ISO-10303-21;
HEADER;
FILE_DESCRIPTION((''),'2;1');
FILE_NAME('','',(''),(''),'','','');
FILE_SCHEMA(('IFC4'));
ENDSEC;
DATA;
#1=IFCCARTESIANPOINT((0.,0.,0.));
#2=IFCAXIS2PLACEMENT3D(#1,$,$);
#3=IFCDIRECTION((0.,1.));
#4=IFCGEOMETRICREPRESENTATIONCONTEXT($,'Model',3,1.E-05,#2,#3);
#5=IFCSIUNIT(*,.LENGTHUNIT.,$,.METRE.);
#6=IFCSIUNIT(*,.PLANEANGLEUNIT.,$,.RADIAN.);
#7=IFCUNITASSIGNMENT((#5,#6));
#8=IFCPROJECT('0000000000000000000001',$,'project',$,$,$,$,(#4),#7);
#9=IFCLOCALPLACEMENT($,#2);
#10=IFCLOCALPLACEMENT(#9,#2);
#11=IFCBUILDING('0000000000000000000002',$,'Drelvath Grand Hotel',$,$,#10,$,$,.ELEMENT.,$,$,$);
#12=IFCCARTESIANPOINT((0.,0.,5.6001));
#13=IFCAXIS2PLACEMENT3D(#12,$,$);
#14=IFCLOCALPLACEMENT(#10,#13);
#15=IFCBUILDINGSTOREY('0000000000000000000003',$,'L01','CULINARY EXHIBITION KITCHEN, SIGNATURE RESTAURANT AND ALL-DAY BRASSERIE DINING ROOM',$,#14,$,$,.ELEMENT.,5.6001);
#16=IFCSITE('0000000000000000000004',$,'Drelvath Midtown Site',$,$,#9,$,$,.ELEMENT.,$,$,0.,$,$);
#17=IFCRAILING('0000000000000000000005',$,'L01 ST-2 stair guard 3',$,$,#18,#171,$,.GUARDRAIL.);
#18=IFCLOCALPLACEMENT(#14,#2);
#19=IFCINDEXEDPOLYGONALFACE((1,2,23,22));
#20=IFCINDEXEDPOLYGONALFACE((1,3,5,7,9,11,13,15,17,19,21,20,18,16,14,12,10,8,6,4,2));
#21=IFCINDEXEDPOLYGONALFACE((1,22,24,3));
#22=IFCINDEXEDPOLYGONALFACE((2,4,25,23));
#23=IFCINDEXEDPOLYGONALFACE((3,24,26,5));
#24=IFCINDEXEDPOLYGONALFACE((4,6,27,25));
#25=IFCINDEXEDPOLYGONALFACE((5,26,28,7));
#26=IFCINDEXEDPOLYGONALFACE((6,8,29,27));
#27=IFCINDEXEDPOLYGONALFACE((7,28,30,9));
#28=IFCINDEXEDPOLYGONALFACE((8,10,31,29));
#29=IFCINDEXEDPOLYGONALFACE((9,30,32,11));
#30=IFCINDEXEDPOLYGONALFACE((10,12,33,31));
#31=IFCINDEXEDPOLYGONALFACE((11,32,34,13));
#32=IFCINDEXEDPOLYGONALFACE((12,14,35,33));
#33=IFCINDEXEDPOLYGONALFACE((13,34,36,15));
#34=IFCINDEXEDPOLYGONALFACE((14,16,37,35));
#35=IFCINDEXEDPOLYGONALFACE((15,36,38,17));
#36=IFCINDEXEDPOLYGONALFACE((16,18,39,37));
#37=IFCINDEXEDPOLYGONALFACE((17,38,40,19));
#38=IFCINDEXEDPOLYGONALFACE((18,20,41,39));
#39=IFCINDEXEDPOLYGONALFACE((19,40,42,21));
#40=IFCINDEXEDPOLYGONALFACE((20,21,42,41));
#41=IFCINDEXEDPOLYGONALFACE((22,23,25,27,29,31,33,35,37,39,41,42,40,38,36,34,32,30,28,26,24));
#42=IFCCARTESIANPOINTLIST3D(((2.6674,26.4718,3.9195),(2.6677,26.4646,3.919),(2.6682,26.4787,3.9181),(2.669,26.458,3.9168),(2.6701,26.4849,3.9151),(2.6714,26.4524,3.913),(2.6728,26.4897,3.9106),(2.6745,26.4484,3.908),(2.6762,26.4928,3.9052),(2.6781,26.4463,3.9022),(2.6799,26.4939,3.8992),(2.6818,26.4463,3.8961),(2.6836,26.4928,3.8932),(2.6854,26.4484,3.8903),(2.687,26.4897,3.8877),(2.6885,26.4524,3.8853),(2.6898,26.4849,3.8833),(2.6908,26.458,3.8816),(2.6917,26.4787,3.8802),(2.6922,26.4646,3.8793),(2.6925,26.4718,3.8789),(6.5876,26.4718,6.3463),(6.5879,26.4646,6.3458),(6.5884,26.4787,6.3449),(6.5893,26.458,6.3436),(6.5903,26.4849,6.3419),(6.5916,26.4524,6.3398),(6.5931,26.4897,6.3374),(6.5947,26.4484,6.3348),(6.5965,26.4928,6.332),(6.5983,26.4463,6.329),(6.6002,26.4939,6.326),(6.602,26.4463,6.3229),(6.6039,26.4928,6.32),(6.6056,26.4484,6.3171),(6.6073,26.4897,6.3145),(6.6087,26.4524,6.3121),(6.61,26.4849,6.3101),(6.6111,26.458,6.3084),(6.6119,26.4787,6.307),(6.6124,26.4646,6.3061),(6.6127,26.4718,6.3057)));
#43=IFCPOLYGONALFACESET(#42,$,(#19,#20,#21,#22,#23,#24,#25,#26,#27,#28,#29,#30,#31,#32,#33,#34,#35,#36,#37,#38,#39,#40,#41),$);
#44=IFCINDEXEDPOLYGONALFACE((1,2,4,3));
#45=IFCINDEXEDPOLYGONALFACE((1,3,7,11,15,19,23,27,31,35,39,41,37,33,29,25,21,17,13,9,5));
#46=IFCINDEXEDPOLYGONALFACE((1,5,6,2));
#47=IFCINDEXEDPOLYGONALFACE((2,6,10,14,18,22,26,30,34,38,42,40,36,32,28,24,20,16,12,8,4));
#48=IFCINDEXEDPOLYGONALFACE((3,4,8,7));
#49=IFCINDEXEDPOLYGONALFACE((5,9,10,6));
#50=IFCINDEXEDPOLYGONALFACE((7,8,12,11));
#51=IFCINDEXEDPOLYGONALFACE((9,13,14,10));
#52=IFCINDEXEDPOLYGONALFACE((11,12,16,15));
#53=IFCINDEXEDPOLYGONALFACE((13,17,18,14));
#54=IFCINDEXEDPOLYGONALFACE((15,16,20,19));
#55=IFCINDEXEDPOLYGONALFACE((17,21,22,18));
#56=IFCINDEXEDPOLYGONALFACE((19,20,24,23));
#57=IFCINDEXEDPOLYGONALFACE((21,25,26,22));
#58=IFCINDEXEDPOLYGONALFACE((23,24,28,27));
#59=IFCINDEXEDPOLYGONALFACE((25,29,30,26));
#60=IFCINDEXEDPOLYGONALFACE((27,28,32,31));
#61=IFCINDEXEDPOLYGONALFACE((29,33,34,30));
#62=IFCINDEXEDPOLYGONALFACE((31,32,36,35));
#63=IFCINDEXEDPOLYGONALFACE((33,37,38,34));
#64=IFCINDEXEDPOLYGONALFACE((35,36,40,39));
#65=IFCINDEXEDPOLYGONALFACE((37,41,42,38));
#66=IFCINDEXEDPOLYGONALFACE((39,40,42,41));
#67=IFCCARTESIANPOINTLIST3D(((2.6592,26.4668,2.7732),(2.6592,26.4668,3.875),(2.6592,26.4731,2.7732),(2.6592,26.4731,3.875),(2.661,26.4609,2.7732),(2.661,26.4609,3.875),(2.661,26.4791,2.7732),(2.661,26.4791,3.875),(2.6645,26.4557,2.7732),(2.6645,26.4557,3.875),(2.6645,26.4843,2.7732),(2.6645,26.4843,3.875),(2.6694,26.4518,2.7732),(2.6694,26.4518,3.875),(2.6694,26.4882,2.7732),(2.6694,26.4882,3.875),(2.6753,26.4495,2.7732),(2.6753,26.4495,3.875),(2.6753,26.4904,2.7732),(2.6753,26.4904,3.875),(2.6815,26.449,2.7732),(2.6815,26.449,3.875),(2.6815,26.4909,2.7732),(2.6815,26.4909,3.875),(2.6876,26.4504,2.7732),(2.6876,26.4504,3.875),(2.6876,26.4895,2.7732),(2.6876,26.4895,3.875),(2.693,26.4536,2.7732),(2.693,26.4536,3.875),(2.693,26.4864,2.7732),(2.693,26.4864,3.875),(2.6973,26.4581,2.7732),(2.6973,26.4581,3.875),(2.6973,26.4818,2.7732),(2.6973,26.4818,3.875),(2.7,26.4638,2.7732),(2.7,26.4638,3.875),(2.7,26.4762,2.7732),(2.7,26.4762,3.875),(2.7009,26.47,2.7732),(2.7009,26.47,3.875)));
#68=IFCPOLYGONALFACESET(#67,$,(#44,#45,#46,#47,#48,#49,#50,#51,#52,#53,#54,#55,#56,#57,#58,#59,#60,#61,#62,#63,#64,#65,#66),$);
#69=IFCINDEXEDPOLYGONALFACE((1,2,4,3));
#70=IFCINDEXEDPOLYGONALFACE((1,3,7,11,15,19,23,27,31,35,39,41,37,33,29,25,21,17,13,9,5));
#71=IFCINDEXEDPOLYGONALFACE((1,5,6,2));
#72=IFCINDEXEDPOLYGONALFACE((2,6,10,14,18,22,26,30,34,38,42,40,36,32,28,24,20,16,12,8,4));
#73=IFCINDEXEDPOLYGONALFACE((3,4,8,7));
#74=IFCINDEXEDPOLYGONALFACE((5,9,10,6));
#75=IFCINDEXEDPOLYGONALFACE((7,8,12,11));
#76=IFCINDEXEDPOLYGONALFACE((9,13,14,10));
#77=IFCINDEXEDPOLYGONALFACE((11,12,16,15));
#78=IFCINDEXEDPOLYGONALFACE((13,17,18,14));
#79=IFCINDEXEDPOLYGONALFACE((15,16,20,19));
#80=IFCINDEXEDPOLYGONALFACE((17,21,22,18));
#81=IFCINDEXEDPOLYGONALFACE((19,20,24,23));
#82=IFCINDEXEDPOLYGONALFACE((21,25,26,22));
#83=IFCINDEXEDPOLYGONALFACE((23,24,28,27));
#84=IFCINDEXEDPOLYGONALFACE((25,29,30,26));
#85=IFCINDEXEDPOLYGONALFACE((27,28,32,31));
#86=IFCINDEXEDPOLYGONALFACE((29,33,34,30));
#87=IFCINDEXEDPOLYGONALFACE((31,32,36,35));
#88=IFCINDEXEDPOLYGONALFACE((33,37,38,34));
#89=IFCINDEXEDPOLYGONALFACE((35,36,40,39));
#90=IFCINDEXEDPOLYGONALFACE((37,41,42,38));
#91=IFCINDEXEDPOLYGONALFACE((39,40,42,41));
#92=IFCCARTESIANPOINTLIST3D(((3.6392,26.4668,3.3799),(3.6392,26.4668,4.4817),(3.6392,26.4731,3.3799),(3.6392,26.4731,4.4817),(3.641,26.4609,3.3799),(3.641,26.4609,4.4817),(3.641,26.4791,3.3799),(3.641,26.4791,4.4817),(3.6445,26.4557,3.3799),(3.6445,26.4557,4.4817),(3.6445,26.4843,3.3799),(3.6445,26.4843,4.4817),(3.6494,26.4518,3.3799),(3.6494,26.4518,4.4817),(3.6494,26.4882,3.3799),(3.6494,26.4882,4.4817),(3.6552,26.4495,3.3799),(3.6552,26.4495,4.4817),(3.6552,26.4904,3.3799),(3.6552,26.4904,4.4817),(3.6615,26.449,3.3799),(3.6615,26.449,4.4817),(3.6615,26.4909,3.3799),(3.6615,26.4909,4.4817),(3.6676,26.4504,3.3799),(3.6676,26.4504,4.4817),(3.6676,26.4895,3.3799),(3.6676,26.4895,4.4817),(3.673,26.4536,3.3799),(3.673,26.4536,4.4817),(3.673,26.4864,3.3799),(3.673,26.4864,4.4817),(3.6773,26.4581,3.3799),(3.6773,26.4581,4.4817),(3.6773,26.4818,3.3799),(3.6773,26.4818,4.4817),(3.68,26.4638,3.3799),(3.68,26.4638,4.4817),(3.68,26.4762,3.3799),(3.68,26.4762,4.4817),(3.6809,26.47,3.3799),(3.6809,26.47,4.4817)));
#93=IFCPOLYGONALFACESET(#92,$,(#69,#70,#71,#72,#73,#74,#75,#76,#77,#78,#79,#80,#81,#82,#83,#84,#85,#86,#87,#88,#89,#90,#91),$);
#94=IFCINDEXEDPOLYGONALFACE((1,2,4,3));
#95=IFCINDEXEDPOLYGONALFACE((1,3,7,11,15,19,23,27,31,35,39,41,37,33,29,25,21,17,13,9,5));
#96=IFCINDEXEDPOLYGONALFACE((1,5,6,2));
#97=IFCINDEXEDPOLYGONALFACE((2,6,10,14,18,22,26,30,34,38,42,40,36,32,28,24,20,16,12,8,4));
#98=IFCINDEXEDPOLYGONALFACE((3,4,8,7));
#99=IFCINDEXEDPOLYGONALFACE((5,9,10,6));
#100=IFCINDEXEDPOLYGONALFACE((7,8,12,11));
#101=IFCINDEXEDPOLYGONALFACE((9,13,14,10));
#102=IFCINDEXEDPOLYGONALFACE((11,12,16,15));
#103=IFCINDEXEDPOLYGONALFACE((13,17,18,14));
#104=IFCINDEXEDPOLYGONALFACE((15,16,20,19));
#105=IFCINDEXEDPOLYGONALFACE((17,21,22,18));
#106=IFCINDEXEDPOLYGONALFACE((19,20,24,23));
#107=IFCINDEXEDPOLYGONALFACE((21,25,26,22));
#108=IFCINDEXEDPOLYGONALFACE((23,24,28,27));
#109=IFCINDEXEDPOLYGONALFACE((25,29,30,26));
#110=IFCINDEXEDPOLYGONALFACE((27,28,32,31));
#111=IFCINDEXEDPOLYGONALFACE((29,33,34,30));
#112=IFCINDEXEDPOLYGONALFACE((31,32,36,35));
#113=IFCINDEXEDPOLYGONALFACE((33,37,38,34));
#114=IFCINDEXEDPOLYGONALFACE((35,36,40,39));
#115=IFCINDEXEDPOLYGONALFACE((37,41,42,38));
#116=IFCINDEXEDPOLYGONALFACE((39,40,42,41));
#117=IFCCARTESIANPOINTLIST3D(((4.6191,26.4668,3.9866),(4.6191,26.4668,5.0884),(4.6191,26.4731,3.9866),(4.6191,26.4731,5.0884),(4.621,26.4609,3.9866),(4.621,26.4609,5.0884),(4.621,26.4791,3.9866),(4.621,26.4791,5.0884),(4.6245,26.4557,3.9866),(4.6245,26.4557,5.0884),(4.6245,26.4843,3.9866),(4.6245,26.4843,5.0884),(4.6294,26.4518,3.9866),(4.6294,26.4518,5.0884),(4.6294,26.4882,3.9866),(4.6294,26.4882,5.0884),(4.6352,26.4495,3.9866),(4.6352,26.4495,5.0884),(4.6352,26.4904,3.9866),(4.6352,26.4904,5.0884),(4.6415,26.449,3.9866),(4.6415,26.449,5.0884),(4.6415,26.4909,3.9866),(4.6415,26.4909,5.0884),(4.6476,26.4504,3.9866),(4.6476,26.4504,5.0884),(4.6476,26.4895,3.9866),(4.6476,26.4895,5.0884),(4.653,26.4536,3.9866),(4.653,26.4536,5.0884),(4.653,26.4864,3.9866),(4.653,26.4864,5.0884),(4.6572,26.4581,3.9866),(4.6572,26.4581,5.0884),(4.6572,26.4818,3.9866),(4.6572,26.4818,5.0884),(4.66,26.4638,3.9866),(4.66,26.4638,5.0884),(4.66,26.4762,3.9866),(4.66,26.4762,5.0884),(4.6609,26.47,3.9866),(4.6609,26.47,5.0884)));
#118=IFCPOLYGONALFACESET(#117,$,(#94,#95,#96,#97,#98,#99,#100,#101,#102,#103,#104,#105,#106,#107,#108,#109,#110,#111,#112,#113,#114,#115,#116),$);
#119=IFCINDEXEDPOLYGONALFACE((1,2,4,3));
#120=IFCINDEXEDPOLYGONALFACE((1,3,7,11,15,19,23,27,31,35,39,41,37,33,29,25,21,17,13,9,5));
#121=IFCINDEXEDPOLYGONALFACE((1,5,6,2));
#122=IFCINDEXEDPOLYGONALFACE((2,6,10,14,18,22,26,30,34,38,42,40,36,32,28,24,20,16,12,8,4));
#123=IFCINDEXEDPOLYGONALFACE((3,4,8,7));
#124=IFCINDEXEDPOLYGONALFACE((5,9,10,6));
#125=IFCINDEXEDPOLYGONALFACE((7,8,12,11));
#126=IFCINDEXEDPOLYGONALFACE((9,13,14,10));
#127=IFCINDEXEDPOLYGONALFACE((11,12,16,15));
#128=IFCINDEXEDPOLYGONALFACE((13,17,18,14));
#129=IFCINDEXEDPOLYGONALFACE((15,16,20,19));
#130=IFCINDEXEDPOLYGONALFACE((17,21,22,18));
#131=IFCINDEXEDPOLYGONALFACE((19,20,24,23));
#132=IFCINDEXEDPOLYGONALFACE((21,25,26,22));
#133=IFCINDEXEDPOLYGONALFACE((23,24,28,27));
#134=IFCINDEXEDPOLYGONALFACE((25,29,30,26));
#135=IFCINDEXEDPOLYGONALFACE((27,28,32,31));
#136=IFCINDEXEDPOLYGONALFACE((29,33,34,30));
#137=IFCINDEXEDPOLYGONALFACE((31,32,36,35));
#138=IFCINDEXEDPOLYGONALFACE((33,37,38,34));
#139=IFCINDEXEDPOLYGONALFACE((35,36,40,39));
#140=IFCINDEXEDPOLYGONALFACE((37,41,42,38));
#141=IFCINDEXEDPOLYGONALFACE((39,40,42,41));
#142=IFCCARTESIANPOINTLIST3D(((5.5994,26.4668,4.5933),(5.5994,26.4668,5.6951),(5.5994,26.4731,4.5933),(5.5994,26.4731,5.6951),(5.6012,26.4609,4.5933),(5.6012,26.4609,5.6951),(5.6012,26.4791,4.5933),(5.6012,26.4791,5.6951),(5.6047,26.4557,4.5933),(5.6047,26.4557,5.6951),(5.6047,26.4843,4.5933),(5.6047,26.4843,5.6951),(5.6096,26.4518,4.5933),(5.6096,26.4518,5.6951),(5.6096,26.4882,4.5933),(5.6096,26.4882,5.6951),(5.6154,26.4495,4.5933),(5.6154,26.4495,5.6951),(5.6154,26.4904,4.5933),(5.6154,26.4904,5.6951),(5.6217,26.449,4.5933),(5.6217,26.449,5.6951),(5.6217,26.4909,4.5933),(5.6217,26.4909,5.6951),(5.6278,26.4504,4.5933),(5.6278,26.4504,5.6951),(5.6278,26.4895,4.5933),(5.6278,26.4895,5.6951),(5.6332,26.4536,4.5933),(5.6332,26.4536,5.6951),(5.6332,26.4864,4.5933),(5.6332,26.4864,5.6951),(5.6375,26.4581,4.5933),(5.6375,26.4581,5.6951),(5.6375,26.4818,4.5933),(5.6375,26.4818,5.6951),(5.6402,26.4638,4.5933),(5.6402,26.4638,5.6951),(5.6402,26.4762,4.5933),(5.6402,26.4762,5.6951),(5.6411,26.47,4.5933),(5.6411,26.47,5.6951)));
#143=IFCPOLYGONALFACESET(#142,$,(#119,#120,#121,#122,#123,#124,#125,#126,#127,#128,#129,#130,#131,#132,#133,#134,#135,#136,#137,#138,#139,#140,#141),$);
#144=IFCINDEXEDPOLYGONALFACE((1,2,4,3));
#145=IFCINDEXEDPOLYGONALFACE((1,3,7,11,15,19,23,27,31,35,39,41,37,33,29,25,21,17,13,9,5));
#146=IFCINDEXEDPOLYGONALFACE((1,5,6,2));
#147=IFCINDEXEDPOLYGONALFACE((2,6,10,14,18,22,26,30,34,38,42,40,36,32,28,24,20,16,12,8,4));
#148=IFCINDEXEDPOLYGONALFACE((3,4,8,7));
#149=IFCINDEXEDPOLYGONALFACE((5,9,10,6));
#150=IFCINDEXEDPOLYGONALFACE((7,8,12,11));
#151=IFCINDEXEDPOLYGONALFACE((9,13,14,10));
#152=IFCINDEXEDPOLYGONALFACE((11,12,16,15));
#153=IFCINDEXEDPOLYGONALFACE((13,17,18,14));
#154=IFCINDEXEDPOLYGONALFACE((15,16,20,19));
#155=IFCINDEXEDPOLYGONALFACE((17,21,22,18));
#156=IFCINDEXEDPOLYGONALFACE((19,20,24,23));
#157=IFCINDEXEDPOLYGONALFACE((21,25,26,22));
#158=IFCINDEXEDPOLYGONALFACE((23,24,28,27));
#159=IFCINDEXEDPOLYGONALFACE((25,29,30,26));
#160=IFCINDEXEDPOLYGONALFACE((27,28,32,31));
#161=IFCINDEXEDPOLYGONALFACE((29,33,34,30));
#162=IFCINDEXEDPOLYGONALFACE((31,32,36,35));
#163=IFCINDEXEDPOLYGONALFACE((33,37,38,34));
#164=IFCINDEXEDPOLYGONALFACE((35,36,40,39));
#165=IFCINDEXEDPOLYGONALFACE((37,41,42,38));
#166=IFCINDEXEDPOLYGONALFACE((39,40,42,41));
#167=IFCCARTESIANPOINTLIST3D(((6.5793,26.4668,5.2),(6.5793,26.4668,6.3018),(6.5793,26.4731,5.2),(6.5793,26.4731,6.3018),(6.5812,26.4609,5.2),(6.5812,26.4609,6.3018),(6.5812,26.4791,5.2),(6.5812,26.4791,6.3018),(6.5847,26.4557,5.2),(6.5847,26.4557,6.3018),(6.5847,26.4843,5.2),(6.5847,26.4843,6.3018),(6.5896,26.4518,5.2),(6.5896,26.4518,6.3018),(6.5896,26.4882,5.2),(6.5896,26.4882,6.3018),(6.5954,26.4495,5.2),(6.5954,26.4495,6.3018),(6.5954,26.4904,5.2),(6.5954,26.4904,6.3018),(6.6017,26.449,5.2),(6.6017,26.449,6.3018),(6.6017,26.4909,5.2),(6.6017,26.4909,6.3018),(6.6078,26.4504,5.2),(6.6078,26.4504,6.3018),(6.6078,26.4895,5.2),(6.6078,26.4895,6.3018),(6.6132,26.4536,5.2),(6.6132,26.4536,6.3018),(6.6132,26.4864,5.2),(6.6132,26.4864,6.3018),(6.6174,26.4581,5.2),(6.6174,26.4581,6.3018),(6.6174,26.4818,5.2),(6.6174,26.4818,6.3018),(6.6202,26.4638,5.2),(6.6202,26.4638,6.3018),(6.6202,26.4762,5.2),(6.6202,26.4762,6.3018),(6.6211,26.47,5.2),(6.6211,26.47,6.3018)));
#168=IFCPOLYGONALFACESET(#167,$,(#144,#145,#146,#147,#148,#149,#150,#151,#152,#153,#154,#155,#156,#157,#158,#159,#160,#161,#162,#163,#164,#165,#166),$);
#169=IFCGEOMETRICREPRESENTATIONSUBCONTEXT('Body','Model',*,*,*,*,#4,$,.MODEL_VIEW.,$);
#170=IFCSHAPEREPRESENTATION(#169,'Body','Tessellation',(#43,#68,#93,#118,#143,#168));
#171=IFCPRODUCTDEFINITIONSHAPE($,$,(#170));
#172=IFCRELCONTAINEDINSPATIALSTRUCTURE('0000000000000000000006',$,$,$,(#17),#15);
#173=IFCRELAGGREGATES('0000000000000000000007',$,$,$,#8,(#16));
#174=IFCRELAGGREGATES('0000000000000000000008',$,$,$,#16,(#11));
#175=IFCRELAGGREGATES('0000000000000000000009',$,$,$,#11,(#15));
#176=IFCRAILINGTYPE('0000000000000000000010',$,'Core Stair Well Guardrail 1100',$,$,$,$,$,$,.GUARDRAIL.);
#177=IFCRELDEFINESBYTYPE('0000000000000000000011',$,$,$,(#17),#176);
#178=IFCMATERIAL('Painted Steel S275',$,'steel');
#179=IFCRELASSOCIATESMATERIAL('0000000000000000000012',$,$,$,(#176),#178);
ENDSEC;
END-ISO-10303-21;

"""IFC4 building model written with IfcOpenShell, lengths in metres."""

from ifc_helpers import new_model, si_unit, direction, frame, origin, origin_2d, place, context, subcontext, project, spatial, circle, extrude, material, type_object, element, save


model = new_model("IFC4")

# Units and contexts
model_context = context("Model", 3, precision=1e-05, world=origin(), true_north=direction((0.0, 1.0)))
body_context = subcontext(model_context, "Body", "Model", "MODEL_VIEW")
ifc_project = project(units=[si_unit("LENGTHUNIT", "METRE"), si_unit("PLANEANGLEUNIT", "RADIAN")], contexts=[model_context])

# Site, building, storey
site_placement = place(None, origin())
site = spatial("IfcSite", under=ifc_project, at=site_placement, Name="Drelvath Midtown Site", CompositionType="ELEMENT", RefElevation=0.0)
building_placement = place(site_placement, origin())
building = spatial("IfcBuilding", under=site, at=building_placement, Name="Drelvath Grand Hotel", CompositionType="ELEMENT")
storey_placement = place(building_placement, frame((0.0, 0.0, 5.6001)))
storey = spatial("IfcBuildingStorey", under=building, at=storey_placement, Name="L01", Description="CULINARY EXHIBITION KITCHEN, SIGNATURE RESTAURANT AND ALL-DAY BRASSERIE DINING ROOM", CompositionType="ELEMENT", Elevation=5.6001)

# Shared definitions
ifc_material_1 = material(Name="Painted Steel S275", Category="steel")

# Railing
railing_type_1 = type_object("IfcRailingType", Name="Core Stair Well Guardrail 1100", PredefinedType="GUARDRAIL", material=ifc_material_1)
railing_1_placement = place(storey_placement, frame((2.6799, 26.47, 2.7732)))
element("IfcRailing", 1, at=railing_1_placement, inside=storey, type_object=railing_type_1, Name="L01 ST-2 stair guard 3", PredefinedType="GUARDRAIL", context=body_context, shape_type="SweptSolid", body=[
    extrude(circle(Radius=0.0239, at=origin_2d()), frame((0.0, 0.0, 1.126), z_axis=(0.850266, 0.0, 0.526353), x_axis=(0.0, 1.0, 0.0)), (0.0, 0.0, 1.0), 4.6106),
    extrude(circle(Radius=0.021, at=origin_2d()), origin(), (0.0, 0.0, 1.0), 1.1018),
    extrude(circle(Radius=0.021, at=origin_2d()), frame((0.98, 0.0, 0.6067)), (0.0, 0.0, 1.0), 1.1018),
    extrude(circle(Radius=0.021, at=origin_2d()), frame((1.96, 0.0, 1.2134)), (0.0, 0.0, 1.0), 1.1018),
    extrude(circle(Radius=0.021, at=origin_2d()), frame((2.9402, 0.0, 1.8201)), (0.0, 0.0, 1.0), 1.1018),
    extrude(circle(Radius=0.021, at=origin_2d()), frame((3.9202, 0.0, 2.4268)), (0.0, 0.0, 1.0), 1.1018),
])

save(model, "model.ifc")
